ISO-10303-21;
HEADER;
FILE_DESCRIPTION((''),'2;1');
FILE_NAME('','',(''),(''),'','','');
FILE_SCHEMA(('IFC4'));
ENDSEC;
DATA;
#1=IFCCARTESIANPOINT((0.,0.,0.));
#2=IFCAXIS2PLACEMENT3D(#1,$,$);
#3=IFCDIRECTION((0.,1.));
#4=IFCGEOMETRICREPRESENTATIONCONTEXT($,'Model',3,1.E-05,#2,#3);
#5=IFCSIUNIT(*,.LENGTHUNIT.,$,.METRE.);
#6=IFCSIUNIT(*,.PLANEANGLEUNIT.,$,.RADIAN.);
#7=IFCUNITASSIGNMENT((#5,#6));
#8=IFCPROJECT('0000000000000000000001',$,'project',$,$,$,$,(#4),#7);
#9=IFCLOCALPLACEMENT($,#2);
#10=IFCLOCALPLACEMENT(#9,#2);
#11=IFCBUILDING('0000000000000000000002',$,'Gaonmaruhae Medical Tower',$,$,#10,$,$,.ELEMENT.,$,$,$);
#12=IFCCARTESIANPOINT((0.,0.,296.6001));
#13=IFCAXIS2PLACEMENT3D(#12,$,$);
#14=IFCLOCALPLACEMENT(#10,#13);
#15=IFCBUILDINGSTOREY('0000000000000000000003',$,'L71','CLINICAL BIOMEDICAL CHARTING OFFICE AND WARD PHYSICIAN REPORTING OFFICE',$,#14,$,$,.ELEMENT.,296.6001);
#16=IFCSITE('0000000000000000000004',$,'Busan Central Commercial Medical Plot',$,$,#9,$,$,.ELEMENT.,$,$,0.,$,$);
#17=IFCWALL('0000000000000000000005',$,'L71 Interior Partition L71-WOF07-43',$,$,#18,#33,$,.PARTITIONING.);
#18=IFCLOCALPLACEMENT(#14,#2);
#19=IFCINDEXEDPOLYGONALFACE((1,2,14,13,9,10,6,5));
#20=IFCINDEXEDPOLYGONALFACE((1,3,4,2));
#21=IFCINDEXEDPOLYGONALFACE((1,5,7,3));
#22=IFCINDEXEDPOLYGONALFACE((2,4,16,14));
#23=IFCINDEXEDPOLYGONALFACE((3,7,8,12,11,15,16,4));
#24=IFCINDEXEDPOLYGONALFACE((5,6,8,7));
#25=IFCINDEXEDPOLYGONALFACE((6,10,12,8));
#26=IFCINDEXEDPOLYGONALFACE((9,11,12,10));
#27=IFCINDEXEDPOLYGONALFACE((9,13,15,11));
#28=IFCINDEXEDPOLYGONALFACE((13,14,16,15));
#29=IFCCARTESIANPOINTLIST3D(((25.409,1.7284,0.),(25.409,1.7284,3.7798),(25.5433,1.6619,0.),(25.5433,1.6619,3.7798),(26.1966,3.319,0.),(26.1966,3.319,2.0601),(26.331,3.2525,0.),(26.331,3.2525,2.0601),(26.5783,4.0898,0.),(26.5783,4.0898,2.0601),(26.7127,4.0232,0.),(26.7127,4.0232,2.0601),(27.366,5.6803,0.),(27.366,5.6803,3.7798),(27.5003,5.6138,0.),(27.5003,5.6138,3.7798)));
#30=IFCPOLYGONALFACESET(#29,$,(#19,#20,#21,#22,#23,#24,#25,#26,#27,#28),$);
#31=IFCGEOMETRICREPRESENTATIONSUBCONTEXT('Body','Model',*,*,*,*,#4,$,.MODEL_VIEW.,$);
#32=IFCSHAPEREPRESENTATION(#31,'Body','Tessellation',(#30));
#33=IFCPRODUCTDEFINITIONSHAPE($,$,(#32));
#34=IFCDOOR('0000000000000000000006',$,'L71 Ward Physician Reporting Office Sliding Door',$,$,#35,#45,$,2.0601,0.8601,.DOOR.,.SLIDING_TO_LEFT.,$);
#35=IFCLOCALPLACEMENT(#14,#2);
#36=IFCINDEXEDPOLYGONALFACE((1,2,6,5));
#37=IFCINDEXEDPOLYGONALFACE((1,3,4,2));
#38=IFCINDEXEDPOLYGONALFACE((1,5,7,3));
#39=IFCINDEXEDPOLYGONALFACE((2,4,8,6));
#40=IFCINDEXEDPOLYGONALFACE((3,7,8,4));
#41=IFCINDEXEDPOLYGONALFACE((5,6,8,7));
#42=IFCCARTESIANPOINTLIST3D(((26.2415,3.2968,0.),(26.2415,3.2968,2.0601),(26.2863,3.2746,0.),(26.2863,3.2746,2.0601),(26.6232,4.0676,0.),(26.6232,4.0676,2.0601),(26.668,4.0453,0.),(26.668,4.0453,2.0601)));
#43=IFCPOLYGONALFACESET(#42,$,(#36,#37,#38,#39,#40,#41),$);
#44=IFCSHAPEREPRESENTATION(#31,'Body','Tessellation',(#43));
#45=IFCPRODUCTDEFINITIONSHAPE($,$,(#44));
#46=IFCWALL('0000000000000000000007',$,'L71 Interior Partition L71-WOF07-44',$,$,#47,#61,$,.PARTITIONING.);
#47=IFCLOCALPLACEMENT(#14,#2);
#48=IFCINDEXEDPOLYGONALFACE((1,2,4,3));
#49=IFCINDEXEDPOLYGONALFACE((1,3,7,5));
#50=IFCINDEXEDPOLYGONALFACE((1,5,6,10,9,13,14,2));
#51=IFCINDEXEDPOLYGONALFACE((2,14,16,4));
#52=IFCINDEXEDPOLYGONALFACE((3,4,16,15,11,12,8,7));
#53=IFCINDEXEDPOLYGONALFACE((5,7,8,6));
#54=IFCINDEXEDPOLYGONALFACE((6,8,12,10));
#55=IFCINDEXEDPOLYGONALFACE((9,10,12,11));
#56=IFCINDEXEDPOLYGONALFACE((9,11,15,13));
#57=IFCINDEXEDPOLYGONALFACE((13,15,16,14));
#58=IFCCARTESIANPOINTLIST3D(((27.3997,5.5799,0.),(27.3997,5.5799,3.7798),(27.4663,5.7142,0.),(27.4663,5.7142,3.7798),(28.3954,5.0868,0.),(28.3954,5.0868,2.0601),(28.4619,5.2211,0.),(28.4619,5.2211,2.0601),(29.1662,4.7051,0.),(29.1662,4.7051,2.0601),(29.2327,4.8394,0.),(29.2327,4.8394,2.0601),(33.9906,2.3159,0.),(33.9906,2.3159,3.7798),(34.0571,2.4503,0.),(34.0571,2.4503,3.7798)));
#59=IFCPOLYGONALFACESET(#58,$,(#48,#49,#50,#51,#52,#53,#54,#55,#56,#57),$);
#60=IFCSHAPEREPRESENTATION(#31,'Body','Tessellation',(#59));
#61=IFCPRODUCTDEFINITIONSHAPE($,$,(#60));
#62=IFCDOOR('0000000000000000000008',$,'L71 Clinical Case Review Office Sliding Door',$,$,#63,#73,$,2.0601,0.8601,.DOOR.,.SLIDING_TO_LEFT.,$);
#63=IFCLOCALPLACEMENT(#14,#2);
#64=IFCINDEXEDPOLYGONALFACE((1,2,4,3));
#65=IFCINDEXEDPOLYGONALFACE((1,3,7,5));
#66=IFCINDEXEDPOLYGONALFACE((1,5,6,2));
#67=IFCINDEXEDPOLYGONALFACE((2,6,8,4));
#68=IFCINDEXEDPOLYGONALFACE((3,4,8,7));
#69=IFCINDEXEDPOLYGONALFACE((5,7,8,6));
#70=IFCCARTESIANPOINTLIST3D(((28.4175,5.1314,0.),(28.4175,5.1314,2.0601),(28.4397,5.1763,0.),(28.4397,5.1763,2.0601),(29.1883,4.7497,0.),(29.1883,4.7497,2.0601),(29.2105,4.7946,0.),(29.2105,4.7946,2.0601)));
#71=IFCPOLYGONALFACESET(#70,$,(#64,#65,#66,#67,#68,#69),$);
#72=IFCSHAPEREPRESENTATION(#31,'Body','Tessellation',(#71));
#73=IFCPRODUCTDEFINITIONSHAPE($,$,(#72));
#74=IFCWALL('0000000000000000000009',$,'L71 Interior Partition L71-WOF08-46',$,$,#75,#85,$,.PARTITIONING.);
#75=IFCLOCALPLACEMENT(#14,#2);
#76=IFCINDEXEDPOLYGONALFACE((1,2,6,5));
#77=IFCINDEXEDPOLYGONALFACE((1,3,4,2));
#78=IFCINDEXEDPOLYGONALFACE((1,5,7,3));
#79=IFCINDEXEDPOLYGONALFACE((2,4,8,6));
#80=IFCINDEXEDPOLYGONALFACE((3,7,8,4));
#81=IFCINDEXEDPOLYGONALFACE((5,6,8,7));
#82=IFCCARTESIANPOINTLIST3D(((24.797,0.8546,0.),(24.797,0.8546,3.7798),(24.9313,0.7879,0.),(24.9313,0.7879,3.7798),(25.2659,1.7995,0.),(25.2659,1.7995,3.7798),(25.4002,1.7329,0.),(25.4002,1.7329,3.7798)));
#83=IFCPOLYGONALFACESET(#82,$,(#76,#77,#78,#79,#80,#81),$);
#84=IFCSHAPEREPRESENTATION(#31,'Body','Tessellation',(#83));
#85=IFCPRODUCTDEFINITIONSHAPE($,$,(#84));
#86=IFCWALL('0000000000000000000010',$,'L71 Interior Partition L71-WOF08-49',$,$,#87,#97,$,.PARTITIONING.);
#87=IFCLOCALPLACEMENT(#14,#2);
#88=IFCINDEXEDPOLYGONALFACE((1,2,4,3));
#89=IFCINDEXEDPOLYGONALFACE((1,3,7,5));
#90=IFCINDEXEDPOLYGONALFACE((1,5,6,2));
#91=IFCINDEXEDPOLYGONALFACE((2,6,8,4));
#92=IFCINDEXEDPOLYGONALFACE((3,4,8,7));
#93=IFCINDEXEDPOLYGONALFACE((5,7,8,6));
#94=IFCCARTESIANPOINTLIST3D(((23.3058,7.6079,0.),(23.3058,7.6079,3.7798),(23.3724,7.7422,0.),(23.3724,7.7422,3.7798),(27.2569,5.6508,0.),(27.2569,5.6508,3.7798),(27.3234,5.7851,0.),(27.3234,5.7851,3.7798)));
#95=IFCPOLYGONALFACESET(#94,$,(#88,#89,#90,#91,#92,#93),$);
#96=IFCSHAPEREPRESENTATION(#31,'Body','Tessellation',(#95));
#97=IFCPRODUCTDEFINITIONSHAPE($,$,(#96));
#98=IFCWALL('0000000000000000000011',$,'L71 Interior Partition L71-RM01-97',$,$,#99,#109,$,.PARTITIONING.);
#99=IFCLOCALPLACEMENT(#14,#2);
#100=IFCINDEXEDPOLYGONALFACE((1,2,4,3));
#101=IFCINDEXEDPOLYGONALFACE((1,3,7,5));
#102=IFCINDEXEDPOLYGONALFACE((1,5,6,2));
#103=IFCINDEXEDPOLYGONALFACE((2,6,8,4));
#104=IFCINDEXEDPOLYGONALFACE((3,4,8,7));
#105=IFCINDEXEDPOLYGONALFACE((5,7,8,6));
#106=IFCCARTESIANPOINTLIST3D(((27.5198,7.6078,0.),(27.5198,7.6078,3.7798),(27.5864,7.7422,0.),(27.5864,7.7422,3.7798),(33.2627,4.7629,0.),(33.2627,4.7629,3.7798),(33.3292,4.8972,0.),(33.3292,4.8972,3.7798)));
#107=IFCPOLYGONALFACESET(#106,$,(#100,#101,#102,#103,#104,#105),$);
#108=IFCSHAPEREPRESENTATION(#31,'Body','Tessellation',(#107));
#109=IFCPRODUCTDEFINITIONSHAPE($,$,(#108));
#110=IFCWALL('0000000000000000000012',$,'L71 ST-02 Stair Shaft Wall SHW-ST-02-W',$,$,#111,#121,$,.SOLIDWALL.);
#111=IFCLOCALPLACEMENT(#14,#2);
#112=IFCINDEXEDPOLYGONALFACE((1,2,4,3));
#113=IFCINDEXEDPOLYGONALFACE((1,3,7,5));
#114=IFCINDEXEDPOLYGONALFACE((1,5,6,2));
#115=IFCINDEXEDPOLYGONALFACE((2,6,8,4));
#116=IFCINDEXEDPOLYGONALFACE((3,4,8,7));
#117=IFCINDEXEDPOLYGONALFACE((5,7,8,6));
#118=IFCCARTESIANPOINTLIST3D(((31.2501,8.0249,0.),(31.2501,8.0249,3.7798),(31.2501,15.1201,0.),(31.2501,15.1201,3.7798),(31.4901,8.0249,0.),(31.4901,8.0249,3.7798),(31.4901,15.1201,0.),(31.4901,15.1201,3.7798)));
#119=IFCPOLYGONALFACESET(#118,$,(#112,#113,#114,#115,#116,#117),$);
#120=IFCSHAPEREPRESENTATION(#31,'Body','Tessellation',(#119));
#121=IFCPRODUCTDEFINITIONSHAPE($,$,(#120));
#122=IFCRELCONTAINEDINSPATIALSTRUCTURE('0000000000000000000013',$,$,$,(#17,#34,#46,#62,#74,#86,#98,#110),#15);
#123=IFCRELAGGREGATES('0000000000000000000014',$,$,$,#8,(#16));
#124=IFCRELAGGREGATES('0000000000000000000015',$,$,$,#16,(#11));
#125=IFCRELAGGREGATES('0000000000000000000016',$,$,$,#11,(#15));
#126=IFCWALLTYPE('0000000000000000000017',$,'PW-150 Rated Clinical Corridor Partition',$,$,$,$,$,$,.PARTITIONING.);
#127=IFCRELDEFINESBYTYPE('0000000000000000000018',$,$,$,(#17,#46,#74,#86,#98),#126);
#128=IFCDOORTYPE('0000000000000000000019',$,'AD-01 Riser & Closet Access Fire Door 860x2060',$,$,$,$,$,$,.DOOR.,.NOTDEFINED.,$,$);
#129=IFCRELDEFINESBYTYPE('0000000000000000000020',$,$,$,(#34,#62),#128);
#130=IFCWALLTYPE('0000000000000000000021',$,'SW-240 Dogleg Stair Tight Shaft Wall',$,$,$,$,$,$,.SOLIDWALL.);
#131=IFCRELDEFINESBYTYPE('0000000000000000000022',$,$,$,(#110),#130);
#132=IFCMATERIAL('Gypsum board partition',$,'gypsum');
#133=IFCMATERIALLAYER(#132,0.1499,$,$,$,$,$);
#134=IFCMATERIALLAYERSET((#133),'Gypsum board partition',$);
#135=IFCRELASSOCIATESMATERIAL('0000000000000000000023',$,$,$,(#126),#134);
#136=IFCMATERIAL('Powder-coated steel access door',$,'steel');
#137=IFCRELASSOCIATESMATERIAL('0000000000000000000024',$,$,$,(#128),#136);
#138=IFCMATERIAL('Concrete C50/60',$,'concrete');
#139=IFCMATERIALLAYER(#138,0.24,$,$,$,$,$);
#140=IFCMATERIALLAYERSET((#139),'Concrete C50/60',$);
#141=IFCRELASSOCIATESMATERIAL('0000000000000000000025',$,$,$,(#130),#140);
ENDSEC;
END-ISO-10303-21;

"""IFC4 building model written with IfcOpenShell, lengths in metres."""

from ifc_helpers import new_model, si_unit, direction, frame, frame_2d, origin, place, context, subcontext, project, spatial, rectangle, extrude, material, layer, layer_set, type_object, element, fill, save


model = new_model("IFC4")

# Units and contexts
model_context = context("Model", 3, precision=1e-05, world=origin(), true_north=direction((0.0, 1.0)))
body_context = subcontext(model_context, "Body", "Model", "MODEL_VIEW")
ifc_project = project(units=[si_unit("LENGTHUNIT", "METRE"), si_unit("PLANEANGLEUNIT", "RADIAN")], contexts=[model_context])

# Site, building, storey
site_placement = place(None, origin())
site = spatial("IfcSite", under=ifc_project, at=site_placement, Name="Busan Central Commercial Medical Plot", CompositionType="ELEMENT", RefElevation=0.0)
building_placement = place(site_placement, origin())
building = spatial("IfcBuilding", under=site, at=building_placement, Name="Gaonmaruhae Medical Tower", CompositionType="ELEMENT")
storey_placement = place(building_placement, frame((0.0, 0.0, 296.6001)))
storey = spatial("IfcBuildingStorey", under=building, at=storey_placement, Name="L71", Description="CLINICAL BIOMEDICAL CHARTING OFFICE AND WARD PHYSICIAN REPORTING OFFICE", CompositionType="ELEMENT", Elevation=296.6001)

# Shared definitions
ifc_material_1 = material(Name="Concrete C50/60", Category="concrete")

# Shared definitions
ifc_material_2 = material(Name="Gypsum board partition", Category="gypsum")
ifc_layer_1 = layer(ifc_material_2, 0.1499)
ifc_layer_set_1 = layer_set([ifc_layer_1], Name="Gypsum board partition")
wall_type_1 = type_object("IfcWallType", Name="PW-150 Rated Clinical Corridor Partition", PredefinedType="PARTITIONING", material=ifc_layer_set_1)

# Walls, openings, doors
wall_1_placement = place(storey_placement, frame((25.4761, 1.6951, 0.0), z_axis=(0.0, 0.0, 1.0), x_axis=(0.443778, 0.896137, 0.0)))
wall_1 = element("IfcWall", 1, at=wall_1_placement, inside=storey, type_object=wall_type_1, Name="L71 Interior Partition L71-WOF07-43", PredefinedType="PARTITIONING", context=body_context, shape_type="SweptSolid", body=[
    extrude(rectangle(XDim=4.4099, YDim=0.1499, at=frame_2d((2.2051, 0.0))), origin(), (0.0, 0.0, 1.0), 3.7798),
])
opening_1_placement = place(wall_1_placement, frame((1.7749, 0.0, 0.0)))
opening_1 = element("IfcOpeningElement", 2, at=opening_1_placement, cuts=wall_1, PredefinedType="OPENING", context=body_context, shape_type="SweptSolid", body=[
    extrude(rectangle(XDim=0.8601, YDim=2.0601, at=frame_2d((0.4302, 1.03))), frame((0.0, 0.085, 0.0), z_axis=(0.0, -1.0, 0.0), x_axis=(1.0, 0.0, 0.0)), (0.0, 0.0, 1.0), 0.1699),
])
ifc_material_3 = material(Name="Powder-coated steel access door", Category="steel")
door_type_1 = type_object("IfcDoorType", Name="AD-01 Riser & Closet Access Fire Door 860x2060", OperationType="NOTDEFINED", PredefinedType="DOOR", material=ifc_material_3)
door_1_placement = place(opening_1_placement, origin())
door_1 = element("IfcDoor", 3, at=door_1_placement, inside=storey, type_object=door_type_1, Name="L71 Ward Physician Reporting Office Sliding Door", OperationType="SLIDING_TO_LEFT", OverallHeight=2.0601, OverallWidth=0.8601, PredefinedType="DOOR", context=body_context, shape_type="SweptSolid", body=[
    extrude(rectangle(XDim=0.8601, YDim=2.0601, at=frame_2d((0.4302, 1.03))), frame((0.0, 0.0249, 0.0), z_axis=(0.0, -1.0, 0.0), x_axis=(1.0, 0.0, 0.0)), (0.0, 0.0, 1.0), 0.05),
])
fill(opening_1, door_1)
wall_2_placement = place(storey_placement, frame((27.4331, 5.647, 0.0), z_axis=(0.0, 0.0, 1.0), x_axis=(0.896133, -0.443785, 0.0)))
wall_2 = element("IfcWall", 4, at=wall_2_placement, inside=storey, type_object=wall_type_1, Name="L71 Interior Partition L71-WOF07-44", PredefinedType="PARTITIONING", context=body_context, shape_type="SweptSolid", body=[
    extrude(rectangle(XDim=7.3547, YDim=0.1499, at=frame_2d((3.6772, 0.0))), origin(), (0.0, 0.0, 1.0), 3.7798),
])
opening_2_placement = place(wall_2_placement, frame((1.1108, 0.0, 0.0)))
opening_2 = element("IfcOpeningElement", 5, at=opening_2_placement, cuts=wall_2, PredefinedType="OPENING", context=body_context, shape_type="SweptSolid", body=[
    extrude(rectangle(XDim=0.8601, YDim=2.0601, at=frame_2d((0.4302, 1.03))), frame((0.0, 0.085, 0.0), z_axis=(0.0, -1.0, 0.0), x_axis=(1.0, 0.0, 0.0)), (0.0, 0.0, 1.0), 0.1699),
])
door_2_placement = place(opening_2_placement, origin())
door_2 = element("IfcDoor", 6, at=door_2_placement, inside=storey, type_object=door_type_1, Name="L71 Clinical Case Review Office Sliding Door", OperationType="SLIDING_TO_LEFT", OverallHeight=2.0601, OverallWidth=0.8601, PredefinedType="DOOR", context=body_context, shape_type="SweptSolid", body=[
    extrude(rectangle(XDim=0.8601, YDim=2.0601, at=frame_2d((0.4302, 1.03))), frame((0.0, 0.0249, 0.0), z_axis=(0.0, -1.0, 0.0), x_axis=(1.0, 0.0, 0.0)), (0.0, 0.0, 1.0), 0.05),
])
fill(opening_2, door_2)

# Walls
wall_3_placement = place(storey_placement, frame((25.333, 1.7661, 0.0), z_axis=(0.0, 0.0, 1.0), x_axis=(-0.444527, -0.895765, 0.0)))
element("IfcWall", 7, at=wall_3_placement, inside=storey, type_object=wall_type_1, Name="L71 Interior Partition L71-WOF08-46", PredefinedType="PARTITIONING", context=body_context, shape_type="SweptSolid", body=[
    extrude(rectangle(XDim=1.0549, YDim=0.1499, at=frame_2d((0.5273, 0.0))), origin(), (0.0, 0.0, 1.0), 3.7798),
])
wall_4_placement = place(storey_placement, frame((23.3391, 7.675, 0.0), z_axis=(0.0, 0.0, 1.0), x_axis=(0.896093, -0.443866, 0.0)))
element("IfcWall", 8, at=wall_4_placement, inside=storey, type_object=wall_type_1, Name="L71 Interior Partition L71-WOF08-49", PredefinedType="PARTITIONING", context=body_context, shape_type="SweptSolid", body=[
    extrude(rectangle(XDim=4.4092, YDim=0.1499, at=frame_2d((2.2046, 0.0))), origin(), (0.0, 0.0, 1.0), 3.7798),
])
wall_5_placement = place(storey_placement, frame((27.553, 7.675, 0.0), z_axis=(0.0, 0.0, 1.0), x_axis=(0.896074, -0.443904, 0.0)))
element("IfcWall", 9, at=wall_5_placement, inside=storey, type_object=wall_type_1, Name="L71 Interior Partition L71-RM01-97", PredefinedType="PARTITIONING", context=body_context, shape_type="SweptSolid", body=[
    extrude(rectangle(XDim=6.4089, YDim=0.1499, at=frame_2d((3.2046, 0.0))), origin(), (0.0, 0.0, 1.0), 3.7798),
])
ifc_layer_2 = layer(ifc_material_1, 0.24)
ifc_layer_set_2 = layer_set([ifc_layer_2], Name="Concrete C50/60")
wall_type_2 = type_object("IfcWallType", Name="SW-240 Dogleg Stair Tight Shaft Wall", PredefinedType="SOLIDWALL", material=ifc_layer_set_2)
wall_6_placement = place(storey_placement, frame((31.3701, 8.0249, 0.0), z_axis=(0.0, 0.0, 1.0), x_axis=(0.0, 1.0, 0.0)))
element("IfcWall", 10, at=wall_6_placement, inside=storey, type_object=wall_type_2, Name="L71 ST-02 Stair Shaft Wall SHW-ST-02-W", PredefinedType="SOLIDWALL", context=body_context, shape_type="SweptSolid", body=[
    extrude(rectangle(XDim=7.0952, YDim=0.24, at=frame_2d((3.5476, 0.0))), origin(), (0.0, 0.0, 1.0), 3.7798),
])

save(model, "model.ifc")
